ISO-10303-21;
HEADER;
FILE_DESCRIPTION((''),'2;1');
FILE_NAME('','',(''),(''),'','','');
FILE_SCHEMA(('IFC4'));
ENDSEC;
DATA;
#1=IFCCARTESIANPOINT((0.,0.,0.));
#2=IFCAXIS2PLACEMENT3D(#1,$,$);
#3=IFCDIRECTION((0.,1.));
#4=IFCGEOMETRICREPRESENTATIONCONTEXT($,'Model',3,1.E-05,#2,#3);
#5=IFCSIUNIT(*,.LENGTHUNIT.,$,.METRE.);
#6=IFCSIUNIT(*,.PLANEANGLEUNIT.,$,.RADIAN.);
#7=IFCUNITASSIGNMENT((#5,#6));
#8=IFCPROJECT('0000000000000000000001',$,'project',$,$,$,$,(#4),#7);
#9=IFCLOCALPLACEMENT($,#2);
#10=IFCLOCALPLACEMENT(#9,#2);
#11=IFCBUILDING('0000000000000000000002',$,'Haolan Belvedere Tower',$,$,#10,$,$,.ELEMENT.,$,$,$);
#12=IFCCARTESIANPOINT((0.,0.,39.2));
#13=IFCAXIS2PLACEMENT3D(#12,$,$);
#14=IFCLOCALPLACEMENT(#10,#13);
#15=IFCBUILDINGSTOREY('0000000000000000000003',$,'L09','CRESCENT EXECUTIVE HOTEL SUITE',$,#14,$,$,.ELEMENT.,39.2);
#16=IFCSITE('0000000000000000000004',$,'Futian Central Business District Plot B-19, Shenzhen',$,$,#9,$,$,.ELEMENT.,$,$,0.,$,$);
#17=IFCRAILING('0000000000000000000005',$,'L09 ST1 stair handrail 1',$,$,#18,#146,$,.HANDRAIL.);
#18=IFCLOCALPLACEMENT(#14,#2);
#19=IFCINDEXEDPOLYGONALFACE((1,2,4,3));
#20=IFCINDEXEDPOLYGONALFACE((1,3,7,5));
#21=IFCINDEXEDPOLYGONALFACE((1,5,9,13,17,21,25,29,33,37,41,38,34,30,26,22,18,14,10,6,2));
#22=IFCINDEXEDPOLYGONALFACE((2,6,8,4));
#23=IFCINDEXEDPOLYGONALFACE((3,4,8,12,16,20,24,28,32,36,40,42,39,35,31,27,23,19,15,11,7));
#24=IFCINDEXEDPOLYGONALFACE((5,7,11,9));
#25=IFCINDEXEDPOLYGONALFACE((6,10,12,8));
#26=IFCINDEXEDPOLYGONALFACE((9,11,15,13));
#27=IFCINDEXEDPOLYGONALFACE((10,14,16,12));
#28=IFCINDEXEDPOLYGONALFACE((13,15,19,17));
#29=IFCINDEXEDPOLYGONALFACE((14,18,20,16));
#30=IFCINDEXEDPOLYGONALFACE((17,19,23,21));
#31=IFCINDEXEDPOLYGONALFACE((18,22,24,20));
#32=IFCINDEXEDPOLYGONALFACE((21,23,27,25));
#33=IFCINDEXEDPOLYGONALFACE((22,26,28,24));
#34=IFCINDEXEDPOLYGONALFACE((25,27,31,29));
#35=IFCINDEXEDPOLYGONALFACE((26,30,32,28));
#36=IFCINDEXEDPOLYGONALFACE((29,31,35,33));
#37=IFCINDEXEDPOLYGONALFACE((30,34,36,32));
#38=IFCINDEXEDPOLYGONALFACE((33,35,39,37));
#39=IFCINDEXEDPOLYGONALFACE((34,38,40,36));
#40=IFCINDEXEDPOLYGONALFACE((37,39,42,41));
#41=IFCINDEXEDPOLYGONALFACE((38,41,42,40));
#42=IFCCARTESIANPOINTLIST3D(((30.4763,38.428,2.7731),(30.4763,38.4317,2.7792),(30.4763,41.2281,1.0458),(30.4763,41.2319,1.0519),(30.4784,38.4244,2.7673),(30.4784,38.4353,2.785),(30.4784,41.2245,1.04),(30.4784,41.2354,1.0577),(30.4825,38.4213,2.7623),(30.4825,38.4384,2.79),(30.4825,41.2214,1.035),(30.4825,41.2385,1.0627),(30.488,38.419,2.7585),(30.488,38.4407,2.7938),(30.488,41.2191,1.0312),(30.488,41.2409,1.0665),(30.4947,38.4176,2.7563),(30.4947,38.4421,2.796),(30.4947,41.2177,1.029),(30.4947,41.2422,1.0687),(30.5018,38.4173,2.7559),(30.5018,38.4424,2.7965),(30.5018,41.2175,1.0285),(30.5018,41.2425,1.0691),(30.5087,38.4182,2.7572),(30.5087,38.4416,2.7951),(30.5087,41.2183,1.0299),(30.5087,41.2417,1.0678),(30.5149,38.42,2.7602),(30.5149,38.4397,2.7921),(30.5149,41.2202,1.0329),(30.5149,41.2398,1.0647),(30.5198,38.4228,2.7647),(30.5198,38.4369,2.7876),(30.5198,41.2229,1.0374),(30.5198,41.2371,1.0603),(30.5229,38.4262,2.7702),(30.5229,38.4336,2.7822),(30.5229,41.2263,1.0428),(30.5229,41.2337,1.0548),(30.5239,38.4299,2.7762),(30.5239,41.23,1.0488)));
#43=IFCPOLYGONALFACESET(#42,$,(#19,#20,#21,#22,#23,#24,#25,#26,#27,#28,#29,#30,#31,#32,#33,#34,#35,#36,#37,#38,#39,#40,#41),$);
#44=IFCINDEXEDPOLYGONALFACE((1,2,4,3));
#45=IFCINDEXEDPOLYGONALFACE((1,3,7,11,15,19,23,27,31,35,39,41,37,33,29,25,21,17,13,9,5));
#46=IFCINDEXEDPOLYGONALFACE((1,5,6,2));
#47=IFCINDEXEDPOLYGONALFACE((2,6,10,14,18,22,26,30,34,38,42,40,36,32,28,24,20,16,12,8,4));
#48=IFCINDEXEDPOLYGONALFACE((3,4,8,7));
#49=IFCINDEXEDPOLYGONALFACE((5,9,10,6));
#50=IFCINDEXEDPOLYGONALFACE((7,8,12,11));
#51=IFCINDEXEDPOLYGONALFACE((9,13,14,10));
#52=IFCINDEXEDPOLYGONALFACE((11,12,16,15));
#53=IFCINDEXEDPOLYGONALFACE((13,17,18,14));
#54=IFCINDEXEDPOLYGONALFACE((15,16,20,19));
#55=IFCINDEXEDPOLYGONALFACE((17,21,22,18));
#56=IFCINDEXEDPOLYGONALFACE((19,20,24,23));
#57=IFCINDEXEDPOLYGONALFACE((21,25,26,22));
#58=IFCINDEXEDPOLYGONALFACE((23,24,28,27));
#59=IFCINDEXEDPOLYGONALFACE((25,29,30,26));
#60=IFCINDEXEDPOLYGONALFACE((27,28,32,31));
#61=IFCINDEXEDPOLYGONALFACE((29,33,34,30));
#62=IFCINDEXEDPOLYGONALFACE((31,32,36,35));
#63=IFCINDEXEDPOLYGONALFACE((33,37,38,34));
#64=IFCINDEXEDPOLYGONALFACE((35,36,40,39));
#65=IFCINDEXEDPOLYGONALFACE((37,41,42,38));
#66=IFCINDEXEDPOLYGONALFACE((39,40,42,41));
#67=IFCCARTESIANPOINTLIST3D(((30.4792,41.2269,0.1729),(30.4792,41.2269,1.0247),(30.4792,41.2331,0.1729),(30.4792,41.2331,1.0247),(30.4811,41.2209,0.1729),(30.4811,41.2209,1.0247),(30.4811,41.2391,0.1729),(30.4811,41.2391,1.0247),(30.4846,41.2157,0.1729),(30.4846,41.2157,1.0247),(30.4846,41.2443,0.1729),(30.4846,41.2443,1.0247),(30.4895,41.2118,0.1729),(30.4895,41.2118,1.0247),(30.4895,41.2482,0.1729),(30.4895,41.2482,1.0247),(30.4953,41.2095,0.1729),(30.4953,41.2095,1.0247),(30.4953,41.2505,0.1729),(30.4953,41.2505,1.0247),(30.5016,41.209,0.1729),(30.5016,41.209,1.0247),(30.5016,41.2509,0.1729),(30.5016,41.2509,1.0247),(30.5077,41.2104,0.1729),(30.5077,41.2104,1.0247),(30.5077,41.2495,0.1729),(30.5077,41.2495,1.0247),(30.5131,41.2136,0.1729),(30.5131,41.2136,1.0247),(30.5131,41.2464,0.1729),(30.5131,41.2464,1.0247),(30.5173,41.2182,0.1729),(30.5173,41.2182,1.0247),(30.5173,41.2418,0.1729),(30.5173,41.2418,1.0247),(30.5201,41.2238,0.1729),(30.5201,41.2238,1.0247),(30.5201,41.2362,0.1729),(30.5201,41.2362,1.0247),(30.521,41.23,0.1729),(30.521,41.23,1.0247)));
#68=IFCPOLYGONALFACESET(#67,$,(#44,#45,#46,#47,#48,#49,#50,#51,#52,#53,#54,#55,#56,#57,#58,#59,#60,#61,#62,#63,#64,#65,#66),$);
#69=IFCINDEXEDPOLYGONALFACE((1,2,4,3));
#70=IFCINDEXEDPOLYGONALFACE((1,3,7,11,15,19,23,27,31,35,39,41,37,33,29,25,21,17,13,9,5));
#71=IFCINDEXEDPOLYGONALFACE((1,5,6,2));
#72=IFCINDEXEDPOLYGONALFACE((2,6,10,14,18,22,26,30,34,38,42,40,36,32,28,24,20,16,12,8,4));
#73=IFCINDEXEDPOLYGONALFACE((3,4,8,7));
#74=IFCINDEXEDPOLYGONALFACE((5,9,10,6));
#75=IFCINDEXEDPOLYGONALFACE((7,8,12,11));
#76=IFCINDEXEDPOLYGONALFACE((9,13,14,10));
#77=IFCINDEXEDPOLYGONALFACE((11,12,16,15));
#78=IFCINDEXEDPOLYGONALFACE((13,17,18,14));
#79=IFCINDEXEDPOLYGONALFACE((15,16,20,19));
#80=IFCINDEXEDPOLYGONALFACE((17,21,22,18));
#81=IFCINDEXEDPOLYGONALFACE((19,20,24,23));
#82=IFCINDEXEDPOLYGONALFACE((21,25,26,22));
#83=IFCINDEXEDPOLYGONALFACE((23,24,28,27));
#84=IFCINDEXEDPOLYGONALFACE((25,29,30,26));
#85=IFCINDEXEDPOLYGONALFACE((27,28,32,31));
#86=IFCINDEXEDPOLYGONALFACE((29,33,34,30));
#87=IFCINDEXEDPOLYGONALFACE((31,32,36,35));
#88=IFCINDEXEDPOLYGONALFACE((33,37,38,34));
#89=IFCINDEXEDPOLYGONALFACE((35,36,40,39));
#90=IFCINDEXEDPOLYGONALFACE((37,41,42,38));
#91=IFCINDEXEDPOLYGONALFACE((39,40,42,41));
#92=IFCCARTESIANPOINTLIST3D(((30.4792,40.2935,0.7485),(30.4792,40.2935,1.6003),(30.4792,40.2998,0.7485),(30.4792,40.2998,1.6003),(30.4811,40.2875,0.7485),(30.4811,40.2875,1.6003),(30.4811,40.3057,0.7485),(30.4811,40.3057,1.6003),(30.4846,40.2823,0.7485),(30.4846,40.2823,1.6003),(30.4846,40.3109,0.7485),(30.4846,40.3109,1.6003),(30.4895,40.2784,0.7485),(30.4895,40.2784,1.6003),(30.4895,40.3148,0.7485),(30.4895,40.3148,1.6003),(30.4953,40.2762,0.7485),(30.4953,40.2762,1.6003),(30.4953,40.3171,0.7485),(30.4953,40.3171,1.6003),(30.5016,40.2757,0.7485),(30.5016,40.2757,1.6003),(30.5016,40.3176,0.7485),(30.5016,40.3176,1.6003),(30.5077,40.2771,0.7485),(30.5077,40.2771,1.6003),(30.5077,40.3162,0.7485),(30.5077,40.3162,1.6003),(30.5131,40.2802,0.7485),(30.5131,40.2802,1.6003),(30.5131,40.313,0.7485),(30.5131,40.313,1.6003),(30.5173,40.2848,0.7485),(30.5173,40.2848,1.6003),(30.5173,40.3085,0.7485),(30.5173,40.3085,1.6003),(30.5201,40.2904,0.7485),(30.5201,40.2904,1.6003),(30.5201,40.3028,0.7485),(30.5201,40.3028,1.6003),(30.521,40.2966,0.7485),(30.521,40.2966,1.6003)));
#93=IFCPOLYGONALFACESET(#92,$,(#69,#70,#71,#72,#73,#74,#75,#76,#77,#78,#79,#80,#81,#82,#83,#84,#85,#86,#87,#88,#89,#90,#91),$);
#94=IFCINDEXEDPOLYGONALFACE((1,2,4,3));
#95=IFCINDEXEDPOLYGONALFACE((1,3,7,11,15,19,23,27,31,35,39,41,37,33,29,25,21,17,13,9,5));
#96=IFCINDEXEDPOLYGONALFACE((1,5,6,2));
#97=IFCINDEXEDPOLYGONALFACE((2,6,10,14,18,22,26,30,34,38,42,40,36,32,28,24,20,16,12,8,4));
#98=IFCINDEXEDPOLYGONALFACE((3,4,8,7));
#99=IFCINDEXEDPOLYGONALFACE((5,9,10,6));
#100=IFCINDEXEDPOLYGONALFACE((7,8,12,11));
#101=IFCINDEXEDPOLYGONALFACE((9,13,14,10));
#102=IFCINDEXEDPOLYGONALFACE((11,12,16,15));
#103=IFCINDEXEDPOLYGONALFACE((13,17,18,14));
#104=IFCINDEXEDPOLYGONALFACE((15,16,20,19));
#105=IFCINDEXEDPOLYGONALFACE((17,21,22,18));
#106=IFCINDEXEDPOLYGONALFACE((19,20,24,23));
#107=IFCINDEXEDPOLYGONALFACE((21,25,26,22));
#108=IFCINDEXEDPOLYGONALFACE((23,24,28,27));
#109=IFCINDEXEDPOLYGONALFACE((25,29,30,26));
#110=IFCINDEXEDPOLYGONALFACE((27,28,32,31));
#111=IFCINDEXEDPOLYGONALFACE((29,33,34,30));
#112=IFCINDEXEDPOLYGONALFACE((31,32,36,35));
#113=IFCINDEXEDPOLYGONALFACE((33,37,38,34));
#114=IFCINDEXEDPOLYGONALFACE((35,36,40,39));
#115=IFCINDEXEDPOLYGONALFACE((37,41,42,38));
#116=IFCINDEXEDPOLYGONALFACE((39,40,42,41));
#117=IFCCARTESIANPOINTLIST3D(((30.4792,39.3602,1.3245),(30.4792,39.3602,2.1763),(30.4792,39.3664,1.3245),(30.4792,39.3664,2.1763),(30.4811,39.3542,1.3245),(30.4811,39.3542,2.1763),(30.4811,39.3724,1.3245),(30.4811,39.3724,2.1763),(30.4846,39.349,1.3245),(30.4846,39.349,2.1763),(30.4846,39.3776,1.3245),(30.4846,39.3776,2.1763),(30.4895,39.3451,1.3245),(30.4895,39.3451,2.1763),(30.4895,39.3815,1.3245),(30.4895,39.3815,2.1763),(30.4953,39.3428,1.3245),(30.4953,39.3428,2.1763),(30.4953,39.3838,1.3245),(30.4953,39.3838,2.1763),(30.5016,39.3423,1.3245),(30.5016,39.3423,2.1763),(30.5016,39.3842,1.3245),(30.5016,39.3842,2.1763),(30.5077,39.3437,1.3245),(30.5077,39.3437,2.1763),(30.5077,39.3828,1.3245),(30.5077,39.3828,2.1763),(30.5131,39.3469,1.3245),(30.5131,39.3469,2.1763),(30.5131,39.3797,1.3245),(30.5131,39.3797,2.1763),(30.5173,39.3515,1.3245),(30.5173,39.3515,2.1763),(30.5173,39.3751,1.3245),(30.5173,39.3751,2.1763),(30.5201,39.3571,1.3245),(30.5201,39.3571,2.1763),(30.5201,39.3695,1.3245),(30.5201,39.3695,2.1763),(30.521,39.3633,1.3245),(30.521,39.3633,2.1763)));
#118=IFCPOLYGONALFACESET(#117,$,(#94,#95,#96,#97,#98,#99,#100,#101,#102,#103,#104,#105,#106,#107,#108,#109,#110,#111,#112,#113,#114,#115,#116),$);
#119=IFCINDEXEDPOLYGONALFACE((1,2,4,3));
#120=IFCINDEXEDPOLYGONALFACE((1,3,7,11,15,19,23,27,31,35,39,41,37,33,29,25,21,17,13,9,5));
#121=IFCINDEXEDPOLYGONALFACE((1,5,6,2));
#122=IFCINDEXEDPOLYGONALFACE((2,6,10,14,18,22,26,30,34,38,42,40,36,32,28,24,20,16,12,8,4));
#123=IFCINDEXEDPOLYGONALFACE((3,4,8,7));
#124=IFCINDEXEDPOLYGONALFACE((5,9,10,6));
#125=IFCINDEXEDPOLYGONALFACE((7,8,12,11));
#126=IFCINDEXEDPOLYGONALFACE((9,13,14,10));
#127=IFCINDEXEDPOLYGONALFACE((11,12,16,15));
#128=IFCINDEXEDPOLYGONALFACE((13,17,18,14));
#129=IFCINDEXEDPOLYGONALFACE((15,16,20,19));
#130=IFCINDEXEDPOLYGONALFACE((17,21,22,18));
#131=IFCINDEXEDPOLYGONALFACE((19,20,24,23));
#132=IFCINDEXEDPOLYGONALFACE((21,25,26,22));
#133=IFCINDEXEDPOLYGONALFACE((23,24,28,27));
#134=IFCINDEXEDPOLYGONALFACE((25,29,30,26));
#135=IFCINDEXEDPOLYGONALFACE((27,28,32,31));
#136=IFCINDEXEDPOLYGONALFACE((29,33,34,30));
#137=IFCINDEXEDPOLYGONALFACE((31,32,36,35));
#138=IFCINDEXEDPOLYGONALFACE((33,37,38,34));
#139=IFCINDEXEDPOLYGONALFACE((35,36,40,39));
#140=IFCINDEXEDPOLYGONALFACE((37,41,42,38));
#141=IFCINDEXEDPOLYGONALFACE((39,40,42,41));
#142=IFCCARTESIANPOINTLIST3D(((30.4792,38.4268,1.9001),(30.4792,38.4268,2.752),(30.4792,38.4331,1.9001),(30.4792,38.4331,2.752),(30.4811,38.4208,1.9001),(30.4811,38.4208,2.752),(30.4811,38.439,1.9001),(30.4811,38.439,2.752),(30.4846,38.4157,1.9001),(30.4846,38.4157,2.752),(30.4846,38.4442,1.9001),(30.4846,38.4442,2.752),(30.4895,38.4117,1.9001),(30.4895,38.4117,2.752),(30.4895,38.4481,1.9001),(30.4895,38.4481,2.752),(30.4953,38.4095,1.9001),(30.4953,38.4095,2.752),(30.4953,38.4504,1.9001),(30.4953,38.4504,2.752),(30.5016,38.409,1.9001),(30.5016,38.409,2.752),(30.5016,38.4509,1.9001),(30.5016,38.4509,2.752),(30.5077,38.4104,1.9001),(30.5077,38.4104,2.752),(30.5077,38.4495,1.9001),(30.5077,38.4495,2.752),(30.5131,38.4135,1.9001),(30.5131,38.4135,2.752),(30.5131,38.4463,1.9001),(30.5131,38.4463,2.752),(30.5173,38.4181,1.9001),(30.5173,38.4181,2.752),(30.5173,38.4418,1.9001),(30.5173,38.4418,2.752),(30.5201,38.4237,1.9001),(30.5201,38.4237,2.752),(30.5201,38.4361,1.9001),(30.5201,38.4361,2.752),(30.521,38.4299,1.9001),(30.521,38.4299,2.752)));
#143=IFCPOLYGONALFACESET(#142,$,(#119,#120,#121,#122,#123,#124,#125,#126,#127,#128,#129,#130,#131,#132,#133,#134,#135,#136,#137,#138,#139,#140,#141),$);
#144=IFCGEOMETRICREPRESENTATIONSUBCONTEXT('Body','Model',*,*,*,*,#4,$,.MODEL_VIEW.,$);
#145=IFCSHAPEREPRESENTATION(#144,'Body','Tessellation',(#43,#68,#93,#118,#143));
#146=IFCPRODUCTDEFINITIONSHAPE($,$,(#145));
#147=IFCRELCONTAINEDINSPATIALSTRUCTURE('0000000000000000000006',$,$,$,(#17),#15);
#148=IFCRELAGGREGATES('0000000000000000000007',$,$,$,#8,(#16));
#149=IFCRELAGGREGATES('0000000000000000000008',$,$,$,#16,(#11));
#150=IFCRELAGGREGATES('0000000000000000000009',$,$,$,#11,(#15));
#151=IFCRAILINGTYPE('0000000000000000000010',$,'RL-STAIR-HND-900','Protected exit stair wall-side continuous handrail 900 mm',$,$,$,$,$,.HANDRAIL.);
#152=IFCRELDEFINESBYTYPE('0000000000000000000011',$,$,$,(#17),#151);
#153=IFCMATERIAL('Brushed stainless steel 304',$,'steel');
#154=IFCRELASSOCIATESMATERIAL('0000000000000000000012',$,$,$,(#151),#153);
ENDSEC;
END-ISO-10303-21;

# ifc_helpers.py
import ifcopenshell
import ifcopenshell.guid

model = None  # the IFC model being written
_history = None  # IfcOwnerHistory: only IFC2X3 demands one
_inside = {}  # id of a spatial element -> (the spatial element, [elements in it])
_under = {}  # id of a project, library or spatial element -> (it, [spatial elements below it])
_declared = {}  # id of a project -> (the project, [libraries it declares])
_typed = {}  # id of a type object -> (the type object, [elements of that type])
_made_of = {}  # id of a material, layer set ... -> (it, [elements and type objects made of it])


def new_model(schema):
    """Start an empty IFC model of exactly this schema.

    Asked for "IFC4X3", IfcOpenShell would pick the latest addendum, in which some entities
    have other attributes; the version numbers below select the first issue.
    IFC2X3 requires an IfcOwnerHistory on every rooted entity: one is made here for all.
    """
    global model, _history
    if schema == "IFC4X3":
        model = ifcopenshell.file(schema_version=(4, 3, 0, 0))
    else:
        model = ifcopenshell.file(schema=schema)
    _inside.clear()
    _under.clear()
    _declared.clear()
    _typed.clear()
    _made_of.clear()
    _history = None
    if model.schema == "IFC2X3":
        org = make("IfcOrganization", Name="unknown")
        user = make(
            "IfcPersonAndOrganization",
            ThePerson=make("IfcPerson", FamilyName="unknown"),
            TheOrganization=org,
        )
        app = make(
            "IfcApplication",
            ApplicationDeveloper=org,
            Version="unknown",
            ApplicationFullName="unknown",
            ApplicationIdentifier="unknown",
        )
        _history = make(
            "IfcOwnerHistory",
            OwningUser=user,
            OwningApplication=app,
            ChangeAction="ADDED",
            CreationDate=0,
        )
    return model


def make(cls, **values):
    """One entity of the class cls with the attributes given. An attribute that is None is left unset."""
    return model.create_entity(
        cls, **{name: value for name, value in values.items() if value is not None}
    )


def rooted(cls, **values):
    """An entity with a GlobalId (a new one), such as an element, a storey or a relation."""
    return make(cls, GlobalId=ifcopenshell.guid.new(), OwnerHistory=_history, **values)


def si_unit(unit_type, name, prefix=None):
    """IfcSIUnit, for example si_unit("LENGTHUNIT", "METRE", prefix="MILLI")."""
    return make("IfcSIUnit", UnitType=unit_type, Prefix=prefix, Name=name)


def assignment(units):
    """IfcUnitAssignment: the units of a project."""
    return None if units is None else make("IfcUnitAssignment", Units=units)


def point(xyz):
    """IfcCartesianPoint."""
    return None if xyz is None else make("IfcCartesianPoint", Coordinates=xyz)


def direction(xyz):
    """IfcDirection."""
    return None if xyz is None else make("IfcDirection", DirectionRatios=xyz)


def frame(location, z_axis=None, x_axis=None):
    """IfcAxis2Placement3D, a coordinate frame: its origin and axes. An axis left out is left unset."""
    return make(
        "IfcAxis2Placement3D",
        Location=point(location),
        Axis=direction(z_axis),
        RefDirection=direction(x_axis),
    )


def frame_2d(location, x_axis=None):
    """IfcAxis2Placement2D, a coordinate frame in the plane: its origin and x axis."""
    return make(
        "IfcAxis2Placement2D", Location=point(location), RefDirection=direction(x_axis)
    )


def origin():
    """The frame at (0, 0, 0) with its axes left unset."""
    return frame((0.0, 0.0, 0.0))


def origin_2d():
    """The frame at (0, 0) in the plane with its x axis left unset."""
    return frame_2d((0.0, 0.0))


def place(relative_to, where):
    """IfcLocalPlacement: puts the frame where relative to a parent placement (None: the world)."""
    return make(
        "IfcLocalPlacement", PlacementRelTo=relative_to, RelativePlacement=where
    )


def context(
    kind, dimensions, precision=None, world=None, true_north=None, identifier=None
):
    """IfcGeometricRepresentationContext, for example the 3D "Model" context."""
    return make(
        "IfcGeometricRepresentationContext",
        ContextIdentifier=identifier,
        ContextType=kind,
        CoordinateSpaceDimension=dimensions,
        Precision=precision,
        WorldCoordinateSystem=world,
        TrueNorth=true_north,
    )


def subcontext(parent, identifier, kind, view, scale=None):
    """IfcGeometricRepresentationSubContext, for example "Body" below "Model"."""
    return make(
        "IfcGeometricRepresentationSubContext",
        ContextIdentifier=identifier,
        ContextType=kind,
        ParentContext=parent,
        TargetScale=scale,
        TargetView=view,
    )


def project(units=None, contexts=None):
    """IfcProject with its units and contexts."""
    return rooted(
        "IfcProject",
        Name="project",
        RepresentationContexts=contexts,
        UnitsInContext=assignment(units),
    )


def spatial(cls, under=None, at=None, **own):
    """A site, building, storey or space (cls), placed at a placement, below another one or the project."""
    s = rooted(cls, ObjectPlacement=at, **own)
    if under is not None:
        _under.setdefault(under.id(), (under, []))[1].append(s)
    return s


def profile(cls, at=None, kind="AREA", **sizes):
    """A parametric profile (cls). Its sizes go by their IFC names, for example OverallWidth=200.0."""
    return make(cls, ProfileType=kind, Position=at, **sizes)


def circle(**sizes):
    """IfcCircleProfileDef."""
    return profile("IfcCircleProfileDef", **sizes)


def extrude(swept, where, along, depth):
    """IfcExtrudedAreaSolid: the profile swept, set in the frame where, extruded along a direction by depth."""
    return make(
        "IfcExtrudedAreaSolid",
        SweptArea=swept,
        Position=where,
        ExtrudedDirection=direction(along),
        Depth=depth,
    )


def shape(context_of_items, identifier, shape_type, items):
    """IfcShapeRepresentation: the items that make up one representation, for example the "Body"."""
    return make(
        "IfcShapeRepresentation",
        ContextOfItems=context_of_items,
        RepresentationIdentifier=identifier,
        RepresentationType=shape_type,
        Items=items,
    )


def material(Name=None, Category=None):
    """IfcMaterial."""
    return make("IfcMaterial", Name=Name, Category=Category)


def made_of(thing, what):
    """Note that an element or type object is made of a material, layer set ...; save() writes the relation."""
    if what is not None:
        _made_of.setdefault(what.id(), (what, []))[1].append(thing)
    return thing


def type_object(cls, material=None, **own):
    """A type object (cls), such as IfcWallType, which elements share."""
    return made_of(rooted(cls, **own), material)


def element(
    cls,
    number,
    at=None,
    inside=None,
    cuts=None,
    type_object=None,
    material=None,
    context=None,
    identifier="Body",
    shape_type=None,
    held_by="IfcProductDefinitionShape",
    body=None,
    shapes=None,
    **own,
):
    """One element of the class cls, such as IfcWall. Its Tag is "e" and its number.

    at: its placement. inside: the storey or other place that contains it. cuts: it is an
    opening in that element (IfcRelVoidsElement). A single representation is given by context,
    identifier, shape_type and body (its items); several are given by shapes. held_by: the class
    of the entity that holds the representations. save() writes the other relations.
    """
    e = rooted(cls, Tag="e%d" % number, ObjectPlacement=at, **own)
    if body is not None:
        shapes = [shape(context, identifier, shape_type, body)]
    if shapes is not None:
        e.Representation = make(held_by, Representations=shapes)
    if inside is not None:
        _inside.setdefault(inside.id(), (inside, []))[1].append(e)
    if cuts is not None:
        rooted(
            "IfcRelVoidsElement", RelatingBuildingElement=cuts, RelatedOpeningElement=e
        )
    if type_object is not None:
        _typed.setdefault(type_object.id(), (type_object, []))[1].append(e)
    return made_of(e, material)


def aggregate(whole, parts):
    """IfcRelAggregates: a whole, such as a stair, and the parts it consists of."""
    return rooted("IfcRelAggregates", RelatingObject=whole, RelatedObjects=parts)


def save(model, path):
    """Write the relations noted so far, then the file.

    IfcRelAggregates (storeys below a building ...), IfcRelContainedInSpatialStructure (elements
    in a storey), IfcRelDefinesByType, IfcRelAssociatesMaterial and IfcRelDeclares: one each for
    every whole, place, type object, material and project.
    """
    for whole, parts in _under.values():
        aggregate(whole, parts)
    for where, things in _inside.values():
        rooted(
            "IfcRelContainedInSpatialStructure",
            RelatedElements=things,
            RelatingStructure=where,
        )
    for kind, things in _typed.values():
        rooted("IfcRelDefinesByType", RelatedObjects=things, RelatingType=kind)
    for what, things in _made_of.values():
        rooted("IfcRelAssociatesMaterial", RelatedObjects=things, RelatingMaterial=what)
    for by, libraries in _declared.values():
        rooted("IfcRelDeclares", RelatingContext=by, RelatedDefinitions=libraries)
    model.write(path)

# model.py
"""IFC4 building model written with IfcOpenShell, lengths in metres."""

from ifc_helpers import new_model, si_unit, direction, frame, origin, origin_2d, place, context, subcontext, project, spatial, circle, extrude, material, type_object, element, save


model = new_model("IFC4")

# Units and contexts
model_context = context("Model", 3, precision=1e-05, world=origin(), true_north=direction((0.0, 1.0)))
body_context = subcontext(model_context, "Body", "Model", "MODEL_VIEW")
ifc_project = project(units=[si_unit("LENGTHUNIT", "METRE"), si_unit("PLANEANGLEUNIT", "RADIAN")], contexts=[model_context])

# Site, building, storey
site_placement = place(None, origin())
site = spatial("IfcSite", under=ifc_project, at=site_placement, Name="Futian Central Business District Plot B-19, Shenzhen", CompositionType="ELEMENT", RefElevation=0.0)
building_placement = place(site_placement, origin())
building = spatial("IfcBuilding", under=site, at=building_placement, Name="Haolan Belvedere Tower", CompositionType="ELEMENT")
storey_placement = place(building_placement, frame((0.0, 0.0, 39.2)))
storey = spatial("IfcBuildingStorey", under=building, at=storey_placement, Name="L09", Description="CRESCENT EXECUTIVE HOTEL SUITE", CompositionType="ELEMENT", Elevation=39.2)

# Railing
ifc_material_1 = material(Name="Brushed stainless steel 304", Category="steel")
railing_type_1 = type_object("IfcRailingType", Name="RL-STAIR-HND-900", Description="Protected exit stair wall-side continuous handrail 900 mm", PredefinedType="HANDRAIL", material=ifc_material_1)
railing_1_placement = place(storey_placement, frame((30.5, 41.23, 0.1729)))
element("IfcRailing", 1, at=railing_1_placement, inside=storey, type_object=railing_type_1, Name="L09 ST1 stair handrail 1", PredefinedType="HANDRAIL", context=body_context, shape_type="SweptSolid", body=[
    extrude(circle(Radius=0.0239, at=origin_2d()), frame((0.0, 0.0, 0.876), z_axis=(0.0, -0.85109, 0.52502), x_axis=(1.0, 0.0, 0.0)), (0.0, 0.0, 1.0), 3.29),
    extrude(circle(Radius=0.021, at=origin_2d()), origin(), (0.0, 0.0, 1.0), 0.8518),
    extrude(circle(Radius=0.021, at=origin_2d()), frame((0.0, -0.9333, 0.5757)), (0.0, 0.0, 1.0), 0.8518),
    extrude(circle(Radius=0.021, at=origin_2d()), frame((0.0, -1.8667, 1.1516)), (0.0, 0.0, 1.0), 0.8518),
    extrude(circle(Radius=0.021, at=origin_2d()), frame((0.0, -2.8, 1.7273)), (0.0, 0.0, 1.0), 0.8518),
])

save(model, "model.ifc")
